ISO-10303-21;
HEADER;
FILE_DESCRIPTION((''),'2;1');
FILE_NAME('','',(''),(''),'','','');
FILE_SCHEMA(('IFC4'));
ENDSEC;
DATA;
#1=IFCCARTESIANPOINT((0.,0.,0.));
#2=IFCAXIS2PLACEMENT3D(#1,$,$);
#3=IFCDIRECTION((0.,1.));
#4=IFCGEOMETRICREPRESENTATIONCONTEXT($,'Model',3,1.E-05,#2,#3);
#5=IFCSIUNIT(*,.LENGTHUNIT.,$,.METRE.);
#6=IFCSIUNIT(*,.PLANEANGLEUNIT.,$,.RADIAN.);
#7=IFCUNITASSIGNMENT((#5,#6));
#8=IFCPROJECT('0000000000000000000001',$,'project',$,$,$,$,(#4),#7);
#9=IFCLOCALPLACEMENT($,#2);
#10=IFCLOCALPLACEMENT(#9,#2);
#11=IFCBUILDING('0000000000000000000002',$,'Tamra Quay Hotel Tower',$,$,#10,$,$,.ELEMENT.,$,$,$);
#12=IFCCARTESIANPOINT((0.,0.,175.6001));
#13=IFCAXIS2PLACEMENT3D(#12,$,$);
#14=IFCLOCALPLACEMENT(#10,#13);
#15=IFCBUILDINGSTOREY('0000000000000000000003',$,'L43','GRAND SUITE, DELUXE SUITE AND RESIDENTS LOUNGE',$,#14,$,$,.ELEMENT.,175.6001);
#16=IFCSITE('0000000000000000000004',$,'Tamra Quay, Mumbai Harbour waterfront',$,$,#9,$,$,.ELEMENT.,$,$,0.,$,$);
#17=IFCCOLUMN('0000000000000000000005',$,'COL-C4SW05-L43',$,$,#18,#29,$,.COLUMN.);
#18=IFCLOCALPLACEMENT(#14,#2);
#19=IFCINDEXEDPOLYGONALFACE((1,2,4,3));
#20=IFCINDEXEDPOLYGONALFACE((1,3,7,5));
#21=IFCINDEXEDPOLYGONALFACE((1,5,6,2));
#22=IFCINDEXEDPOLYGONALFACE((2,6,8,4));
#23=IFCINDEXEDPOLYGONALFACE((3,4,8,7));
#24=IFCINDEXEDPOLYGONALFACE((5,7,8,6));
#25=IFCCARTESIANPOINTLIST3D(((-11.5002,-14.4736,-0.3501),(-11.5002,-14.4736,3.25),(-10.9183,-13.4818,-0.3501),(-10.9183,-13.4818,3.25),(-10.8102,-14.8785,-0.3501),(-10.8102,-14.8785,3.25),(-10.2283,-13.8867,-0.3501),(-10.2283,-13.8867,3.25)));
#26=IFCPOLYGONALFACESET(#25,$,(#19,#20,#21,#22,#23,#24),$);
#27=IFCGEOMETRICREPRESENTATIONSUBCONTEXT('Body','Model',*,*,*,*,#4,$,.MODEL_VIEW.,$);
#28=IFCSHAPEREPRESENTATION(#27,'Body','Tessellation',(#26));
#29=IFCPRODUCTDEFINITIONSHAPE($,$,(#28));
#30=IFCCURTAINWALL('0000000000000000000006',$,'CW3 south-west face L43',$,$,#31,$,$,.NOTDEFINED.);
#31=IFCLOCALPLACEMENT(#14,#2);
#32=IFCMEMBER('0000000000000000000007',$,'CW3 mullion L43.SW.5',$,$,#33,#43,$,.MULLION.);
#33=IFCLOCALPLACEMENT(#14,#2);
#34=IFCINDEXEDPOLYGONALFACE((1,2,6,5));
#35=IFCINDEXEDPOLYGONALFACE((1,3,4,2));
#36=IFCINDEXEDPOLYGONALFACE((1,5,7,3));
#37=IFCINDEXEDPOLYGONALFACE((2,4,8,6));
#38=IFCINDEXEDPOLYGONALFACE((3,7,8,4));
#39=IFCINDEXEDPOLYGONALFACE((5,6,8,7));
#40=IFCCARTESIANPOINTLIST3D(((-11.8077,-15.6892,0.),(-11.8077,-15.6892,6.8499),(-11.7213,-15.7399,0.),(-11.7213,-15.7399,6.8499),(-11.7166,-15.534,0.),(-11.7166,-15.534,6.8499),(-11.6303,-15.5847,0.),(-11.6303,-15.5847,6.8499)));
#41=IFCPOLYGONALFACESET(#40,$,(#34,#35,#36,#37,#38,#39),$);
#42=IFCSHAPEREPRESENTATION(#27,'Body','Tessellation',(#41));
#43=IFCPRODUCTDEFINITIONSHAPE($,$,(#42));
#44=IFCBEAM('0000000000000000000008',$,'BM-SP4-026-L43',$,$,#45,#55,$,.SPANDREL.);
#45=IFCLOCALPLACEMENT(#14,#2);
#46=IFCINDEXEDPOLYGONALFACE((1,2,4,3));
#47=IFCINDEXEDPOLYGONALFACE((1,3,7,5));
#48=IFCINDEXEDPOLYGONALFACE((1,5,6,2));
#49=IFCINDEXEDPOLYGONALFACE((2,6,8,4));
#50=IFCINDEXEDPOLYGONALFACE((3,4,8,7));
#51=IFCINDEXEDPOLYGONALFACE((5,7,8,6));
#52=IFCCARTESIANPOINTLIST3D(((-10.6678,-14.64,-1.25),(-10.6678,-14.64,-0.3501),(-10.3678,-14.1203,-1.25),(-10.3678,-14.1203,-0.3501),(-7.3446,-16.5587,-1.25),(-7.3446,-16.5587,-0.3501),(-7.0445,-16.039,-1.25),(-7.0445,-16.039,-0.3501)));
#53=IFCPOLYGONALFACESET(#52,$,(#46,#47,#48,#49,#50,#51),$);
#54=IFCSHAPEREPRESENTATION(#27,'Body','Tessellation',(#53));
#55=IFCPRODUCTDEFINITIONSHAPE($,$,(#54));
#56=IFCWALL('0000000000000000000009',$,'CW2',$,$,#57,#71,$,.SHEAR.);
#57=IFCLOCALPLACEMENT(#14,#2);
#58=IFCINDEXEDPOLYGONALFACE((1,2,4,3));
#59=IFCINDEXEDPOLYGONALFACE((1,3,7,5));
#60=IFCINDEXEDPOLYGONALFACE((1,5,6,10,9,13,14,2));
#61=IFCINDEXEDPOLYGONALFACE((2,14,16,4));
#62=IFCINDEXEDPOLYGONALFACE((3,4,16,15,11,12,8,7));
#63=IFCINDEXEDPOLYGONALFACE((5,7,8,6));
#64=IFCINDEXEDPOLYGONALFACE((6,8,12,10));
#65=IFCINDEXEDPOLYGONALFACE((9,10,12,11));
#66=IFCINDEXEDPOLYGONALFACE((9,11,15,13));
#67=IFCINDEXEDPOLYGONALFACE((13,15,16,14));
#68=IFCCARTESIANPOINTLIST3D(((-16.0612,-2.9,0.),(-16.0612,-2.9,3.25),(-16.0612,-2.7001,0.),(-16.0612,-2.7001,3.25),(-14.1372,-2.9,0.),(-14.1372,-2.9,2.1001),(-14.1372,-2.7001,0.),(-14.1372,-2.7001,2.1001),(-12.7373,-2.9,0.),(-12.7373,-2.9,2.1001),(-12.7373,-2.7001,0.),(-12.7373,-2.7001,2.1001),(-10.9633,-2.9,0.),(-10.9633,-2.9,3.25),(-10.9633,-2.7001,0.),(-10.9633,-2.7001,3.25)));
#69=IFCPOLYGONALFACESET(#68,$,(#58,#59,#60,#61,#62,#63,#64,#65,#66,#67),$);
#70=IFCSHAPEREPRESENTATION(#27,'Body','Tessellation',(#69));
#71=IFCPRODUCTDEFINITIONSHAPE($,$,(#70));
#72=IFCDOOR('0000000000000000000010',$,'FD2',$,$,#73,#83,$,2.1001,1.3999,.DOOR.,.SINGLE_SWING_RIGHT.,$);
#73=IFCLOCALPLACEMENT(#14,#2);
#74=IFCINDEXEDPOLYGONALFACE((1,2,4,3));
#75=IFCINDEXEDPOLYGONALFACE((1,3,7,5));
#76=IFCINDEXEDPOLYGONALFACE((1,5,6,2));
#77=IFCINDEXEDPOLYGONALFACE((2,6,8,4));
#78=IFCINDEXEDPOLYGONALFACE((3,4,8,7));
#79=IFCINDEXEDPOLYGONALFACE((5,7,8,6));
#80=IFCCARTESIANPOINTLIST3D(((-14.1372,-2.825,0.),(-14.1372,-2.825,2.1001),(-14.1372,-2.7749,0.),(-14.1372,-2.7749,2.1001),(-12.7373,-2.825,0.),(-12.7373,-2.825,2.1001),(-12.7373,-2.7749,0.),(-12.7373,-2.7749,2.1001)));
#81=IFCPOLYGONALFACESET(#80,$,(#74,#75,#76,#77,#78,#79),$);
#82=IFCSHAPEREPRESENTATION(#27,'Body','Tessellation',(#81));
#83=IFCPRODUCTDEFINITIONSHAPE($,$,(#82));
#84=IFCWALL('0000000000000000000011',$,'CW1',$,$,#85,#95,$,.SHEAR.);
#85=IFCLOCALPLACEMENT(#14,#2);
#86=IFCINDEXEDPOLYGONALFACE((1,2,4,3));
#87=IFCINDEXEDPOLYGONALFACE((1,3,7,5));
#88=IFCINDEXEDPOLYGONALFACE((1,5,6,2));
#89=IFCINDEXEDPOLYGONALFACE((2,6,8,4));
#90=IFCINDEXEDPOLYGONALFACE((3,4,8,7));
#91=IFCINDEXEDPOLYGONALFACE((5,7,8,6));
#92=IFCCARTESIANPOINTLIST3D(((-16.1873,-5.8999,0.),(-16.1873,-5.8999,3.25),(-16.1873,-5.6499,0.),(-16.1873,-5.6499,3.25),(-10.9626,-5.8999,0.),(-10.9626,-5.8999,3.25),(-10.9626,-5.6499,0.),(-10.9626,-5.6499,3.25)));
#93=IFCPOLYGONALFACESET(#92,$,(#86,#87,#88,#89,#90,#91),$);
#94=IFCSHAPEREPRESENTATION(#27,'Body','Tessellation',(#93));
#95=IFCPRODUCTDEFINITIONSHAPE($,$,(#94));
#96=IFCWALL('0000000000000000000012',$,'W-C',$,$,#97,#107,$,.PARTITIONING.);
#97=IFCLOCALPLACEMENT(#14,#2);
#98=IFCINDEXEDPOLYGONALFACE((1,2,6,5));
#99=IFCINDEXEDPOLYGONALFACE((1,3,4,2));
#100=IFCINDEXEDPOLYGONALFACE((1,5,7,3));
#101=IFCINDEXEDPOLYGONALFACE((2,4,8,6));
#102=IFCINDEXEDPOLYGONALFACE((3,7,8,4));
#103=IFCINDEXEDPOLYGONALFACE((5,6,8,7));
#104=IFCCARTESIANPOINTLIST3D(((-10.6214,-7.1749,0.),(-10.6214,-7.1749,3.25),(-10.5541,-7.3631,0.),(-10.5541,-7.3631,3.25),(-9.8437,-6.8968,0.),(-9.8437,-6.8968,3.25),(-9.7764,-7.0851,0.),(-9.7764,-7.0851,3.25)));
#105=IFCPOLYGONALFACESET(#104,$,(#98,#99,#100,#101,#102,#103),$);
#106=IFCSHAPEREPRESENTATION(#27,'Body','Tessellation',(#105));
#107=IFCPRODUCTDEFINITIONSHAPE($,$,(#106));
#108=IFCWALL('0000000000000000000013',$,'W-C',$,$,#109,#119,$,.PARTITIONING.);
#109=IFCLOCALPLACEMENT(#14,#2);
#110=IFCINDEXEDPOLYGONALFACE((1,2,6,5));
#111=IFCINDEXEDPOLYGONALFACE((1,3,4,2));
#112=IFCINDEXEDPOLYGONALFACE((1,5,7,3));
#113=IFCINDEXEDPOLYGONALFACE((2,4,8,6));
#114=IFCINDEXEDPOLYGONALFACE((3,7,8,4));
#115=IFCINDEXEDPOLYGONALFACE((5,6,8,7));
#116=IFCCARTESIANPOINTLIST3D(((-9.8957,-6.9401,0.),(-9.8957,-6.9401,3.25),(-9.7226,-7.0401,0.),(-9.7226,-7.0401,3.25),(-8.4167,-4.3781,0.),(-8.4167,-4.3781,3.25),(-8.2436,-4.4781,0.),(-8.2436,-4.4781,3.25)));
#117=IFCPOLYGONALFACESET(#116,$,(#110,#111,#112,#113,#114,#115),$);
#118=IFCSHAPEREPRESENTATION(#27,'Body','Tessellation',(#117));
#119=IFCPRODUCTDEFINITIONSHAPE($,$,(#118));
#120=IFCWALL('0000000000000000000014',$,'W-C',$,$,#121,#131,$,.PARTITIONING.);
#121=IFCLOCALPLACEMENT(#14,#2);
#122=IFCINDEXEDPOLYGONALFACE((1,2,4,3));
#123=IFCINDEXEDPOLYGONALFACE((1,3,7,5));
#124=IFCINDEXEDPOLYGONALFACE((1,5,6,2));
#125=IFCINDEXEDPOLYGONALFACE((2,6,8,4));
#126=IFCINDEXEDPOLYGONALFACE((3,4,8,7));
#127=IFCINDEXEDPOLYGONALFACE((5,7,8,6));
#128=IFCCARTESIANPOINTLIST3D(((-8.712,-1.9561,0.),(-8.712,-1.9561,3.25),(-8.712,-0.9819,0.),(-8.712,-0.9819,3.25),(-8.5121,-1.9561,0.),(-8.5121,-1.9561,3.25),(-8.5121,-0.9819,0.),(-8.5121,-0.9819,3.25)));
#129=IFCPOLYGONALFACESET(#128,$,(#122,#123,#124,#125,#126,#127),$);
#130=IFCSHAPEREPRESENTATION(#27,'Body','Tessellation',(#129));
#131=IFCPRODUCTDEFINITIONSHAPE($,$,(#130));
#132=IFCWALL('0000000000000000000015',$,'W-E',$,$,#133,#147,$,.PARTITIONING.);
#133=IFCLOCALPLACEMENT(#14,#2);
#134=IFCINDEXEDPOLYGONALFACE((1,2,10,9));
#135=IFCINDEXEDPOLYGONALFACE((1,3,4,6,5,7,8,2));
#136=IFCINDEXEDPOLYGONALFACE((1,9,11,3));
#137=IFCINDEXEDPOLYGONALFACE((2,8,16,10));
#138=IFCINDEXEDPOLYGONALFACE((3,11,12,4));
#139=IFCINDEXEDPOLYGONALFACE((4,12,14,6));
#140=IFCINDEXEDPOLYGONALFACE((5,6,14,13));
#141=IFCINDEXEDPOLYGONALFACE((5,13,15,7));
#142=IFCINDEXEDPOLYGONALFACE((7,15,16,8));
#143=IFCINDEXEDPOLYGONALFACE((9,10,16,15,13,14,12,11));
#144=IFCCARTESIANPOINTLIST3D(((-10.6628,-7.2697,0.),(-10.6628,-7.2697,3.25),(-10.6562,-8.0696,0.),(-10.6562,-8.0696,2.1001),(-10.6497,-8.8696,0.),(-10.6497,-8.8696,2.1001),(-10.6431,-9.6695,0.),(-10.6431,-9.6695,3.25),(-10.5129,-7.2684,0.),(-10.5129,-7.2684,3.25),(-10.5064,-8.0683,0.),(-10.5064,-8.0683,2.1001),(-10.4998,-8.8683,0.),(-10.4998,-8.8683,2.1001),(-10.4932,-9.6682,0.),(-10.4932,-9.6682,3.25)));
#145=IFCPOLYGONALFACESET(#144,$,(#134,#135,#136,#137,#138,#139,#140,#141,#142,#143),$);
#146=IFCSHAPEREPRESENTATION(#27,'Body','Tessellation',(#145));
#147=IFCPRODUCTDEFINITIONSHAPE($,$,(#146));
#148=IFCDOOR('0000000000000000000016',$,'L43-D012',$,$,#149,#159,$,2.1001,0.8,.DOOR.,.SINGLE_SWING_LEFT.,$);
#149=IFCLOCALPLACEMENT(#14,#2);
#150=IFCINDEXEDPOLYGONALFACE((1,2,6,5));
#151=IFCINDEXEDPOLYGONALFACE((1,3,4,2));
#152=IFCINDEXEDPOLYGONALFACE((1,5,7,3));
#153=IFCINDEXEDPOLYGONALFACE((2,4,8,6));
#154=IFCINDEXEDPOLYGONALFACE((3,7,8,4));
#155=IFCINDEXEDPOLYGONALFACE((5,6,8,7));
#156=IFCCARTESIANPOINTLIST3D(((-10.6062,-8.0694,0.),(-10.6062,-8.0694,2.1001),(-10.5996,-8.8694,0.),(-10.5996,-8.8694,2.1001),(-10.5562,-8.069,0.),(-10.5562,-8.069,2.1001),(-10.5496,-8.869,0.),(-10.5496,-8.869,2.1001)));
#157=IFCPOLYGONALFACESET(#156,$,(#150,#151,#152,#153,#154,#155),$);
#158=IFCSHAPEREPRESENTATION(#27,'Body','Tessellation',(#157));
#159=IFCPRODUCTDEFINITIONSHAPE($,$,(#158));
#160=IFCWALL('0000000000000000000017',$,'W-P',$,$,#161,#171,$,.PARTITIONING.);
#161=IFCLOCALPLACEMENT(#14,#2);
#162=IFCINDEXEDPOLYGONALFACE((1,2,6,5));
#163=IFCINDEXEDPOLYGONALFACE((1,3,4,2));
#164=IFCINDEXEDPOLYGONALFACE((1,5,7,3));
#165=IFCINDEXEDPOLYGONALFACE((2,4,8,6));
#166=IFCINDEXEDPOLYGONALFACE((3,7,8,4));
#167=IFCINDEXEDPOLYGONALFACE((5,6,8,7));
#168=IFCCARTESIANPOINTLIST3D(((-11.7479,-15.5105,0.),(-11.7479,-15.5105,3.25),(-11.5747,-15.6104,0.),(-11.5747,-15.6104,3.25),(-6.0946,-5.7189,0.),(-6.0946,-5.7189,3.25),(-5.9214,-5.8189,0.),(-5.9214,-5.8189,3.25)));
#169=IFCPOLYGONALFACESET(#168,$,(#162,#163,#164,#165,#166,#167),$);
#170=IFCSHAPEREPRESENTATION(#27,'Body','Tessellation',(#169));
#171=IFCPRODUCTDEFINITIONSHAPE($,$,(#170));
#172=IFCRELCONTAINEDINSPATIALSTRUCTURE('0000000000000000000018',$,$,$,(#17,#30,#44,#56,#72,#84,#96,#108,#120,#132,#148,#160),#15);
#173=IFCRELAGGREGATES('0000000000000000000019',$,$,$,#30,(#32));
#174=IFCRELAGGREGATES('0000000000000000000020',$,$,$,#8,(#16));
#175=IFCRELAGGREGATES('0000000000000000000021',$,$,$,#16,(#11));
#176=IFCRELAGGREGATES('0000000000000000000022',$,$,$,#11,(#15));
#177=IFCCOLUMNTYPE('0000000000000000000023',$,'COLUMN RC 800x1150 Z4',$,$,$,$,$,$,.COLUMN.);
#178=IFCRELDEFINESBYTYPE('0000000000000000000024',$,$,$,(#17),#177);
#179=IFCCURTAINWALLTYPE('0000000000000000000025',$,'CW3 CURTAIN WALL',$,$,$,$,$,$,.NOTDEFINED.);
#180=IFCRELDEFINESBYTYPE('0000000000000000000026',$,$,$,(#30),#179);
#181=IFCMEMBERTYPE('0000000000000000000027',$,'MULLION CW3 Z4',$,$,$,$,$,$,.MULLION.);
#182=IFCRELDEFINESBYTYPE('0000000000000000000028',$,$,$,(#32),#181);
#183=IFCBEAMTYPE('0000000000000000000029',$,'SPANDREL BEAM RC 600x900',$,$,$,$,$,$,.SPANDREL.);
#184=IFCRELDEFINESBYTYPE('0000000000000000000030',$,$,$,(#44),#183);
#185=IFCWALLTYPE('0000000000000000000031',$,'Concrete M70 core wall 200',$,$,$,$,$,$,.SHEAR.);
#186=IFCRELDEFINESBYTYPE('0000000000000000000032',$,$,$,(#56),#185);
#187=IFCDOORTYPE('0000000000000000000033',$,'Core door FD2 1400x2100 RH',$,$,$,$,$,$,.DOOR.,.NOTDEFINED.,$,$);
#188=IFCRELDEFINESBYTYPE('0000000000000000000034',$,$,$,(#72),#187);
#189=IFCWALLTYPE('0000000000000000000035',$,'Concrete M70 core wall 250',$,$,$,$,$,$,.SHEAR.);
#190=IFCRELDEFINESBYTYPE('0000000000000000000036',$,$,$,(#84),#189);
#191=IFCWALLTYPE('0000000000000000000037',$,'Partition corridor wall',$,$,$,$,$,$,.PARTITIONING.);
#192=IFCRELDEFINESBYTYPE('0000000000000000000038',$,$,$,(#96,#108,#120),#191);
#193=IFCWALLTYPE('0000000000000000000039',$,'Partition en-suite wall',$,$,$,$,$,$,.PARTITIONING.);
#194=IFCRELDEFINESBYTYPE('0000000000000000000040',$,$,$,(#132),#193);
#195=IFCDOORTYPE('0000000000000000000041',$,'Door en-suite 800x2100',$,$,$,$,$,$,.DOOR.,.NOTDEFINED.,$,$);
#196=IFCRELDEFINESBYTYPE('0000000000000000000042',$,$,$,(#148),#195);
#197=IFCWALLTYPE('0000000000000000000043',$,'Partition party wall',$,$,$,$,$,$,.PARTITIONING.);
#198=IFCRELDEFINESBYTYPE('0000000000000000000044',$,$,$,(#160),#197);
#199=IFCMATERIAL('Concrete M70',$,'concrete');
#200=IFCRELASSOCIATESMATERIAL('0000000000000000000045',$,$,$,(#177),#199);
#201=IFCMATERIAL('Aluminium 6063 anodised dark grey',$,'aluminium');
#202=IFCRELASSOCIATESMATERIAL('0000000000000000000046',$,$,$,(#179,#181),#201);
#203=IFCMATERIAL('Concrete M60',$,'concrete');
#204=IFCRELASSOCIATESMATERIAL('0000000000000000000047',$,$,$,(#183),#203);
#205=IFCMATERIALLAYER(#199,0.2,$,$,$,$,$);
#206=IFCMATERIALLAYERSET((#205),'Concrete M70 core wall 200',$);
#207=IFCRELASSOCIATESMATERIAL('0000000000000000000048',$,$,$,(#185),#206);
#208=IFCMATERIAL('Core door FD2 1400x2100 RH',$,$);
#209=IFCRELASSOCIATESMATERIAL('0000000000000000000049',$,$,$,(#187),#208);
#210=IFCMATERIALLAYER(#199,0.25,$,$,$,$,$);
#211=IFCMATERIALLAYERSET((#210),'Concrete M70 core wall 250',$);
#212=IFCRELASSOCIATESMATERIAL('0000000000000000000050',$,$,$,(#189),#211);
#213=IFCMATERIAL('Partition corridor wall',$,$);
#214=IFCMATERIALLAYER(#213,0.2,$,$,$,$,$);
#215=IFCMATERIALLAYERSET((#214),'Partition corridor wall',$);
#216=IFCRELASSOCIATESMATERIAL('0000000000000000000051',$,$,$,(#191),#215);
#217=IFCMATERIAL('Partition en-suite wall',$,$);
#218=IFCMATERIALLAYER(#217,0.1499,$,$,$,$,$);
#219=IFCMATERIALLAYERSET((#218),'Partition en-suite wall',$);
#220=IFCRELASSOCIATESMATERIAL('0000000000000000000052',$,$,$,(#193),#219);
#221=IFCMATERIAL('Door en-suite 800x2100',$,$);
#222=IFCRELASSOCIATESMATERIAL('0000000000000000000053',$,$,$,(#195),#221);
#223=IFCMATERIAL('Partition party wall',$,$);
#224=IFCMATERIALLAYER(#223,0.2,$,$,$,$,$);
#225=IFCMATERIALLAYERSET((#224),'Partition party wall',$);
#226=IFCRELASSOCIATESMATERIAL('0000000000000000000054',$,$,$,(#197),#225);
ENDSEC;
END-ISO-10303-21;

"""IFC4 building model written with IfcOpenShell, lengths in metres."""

from ifc_helpers import new_model, si_unit, direction, frame, frame_2d, origin, origin_2d, place, context, subcontext, project, spatial, rectangle, extrude, material, layer, layer_set, material_profile, profile_set, type_object, element, fill, aggregate, save


model = new_model("IFC4")

# Units and contexts
model_context = context("Model", 3, precision=1e-05, world=origin(), true_north=direction((0.0, 1.0)))
body_context = subcontext(model_context, "Body", "Model", "MODEL_VIEW")
ifc_project = project(units=[si_unit("LENGTHUNIT", "METRE"), si_unit("PLANEANGLEUNIT", "RADIAN")], contexts=[model_context])

# Site, building, storey
site_placement = place(None, origin())
site = spatial("IfcSite", under=ifc_project, at=site_placement, Name="Tamra Quay, Mumbai Harbour waterfront", CompositionType="ELEMENT", RefElevation=0.0)
building_placement = place(site_placement, origin())
building = spatial("IfcBuilding", under=site, at=building_placement, Name="Tamra Quay Hotel Tower", CompositionType="ELEMENT")
storey_placement = place(building_placement, frame((0.0, 0.0, 175.6001)))
storey = spatial("IfcBuildingStorey", under=building, at=storey_placement, Name="L43", Description="GRAND SUITE, DELUXE SUITE AND RESIDENTS LOUNGE", CompositionType="ELEMENT", Elevation=175.6001)

# Column
ifc_material_1 = material(Name="Concrete M70", Category="concrete")
ifc_material_profile_1 = material_profile(ifc_material_1, rectangle(XDim=1.1499, YDim=0.8, at=origin_2d()), Name="COLUMN RC 800x1150 Z4")
ifc_profile_set_1 = profile_set([ifc_material_profile_1], Name="Concrete M70")
column_type = type_object("IfcColumnType", Name="COLUMN RC 800x1150 Z4", PredefinedType="COLUMN", material=ifc_profile_set_1)
column_placement = place(storey_placement, frame((-10.8643, -14.1802, -0.3501), z_axis=(0.0, 0.0, 1.0), x_axis=(0.506085, 0.862484, 0.0)))
element("IfcColumn", 1, at=column_placement, inside=storey, type_object=column_type, Name="COL-C4SW05-L43", PredefinedType="COLUMN", context=body_context, shape_type="SweptSolid", body=[
    extrude(rectangle(XDim=1.1499, YDim=0.8, at=origin_2d()), origin(), (0.0, 0.0, 1.0), 3.6001),
])

# Curtain wall, member
ifc_material_2 = material(Name="Aluminium 6063 anodised dark grey", Category="aluminium")
curtain_wall_type = type_object("IfcCurtainWallType", Name="CW3 CURTAIN WALL", PredefinedType="NOTDEFINED", material=ifc_material_2)
curtain_wall_placement = place(storey_placement, origin())
curtain_wall = element("IfcCurtainWall", 2, at=curtain_wall_placement, inside=storey, type_object=curtain_wall_type, Name="CW3 south-west face L43", PredefinedType="NOTDEFINED")
ifc_material_profile_2 = material_profile(ifc_material_2, rectangle(XDim=0.1799, YDim=0.1001, at=origin_2d()), Name="MULLION 100X180")
ifc_profile_set_2 = profile_set([ifc_material_profile_2], Name="Aluminium 6063 anodised dark grey")
member_type = type_object("IfcMemberType", Name="MULLION CW3 Z4", PredefinedType="MULLION", material=ifc_profile_set_2)
member_placement = place(storey_placement, frame((-11.719, -15.637, 0.0), z_axis=(0.0, 0.0, 1.0), x_axis=(-0.506001, -0.862533, 0.0)))
member = element("IfcMember", 3, at=member_placement, type_object=member_type, Name="CW3 mullion L43.SW.5", PredefinedType="MULLION", context=body_context, shape_type="SweptSolid", body=[
    extrude(rectangle(XDim=0.1799, YDim=0.1001, at=origin_2d()), origin(), (0.0, 0.0, 1.0), 6.8499),
])
aggregate(curtain_wall, [member])

# Beam
ifc_material_3 = material(Name="Concrete M60", Category="concrete")
ifc_material_profile_3 = material_profile(ifc_material_3, rectangle(XDim=0.6001, YDim=0.8999, at=origin_2d()), Name="SPANDREL BEAM RC 600x900")
ifc_profile_set_3 = profile_set([ifc_material_profile_3], Name="Concrete M60")
beam_type = type_object("IfcBeamType", Name="SPANDREL BEAM RC 600x900", PredefinedType="SPANDREL", material=ifc_profile_set_3)
beam_placement = place(storey_placement, frame((-10.5178, -14.3801, -0.8), z_axis=(0.866022, -0.500005, 0.0), x_axis=(0.500005, 0.866022, 0.0)))
element("IfcBeam", 4, at=beam_placement, inside=storey, type_object=beam_type, Name="BM-SP4-026-L43", PredefinedType="SPANDREL", context=body_context, shape_type="SweptSolid", body=[
    extrude(rectangle(XDim=0.6001, YDim=0.8999, at=origin_2d()), origin(), (0.0, 0.0, 1.0), 3.8374),
])

# Wall, opening, door
ifc_layer_1 = layer(ifc_material_1, 0.2)
ifc_layer_set_1 = layer_set([ifc_layer_1], Name="Concrete M70 core wall 200")
wall_type_1 = type_object("IfcWallType", Name="Concrete M70 core wall 200", PredefinedType="SHEAR", material=ifc_layer_set_1)
wall_1_placement = place(storey_placement, frame((-10.9634, -2.8, 0.0), z_axis=(0.0, 0.0, 1.0), x_axis=(-1.0, 0.0, 0.0)))
wall_1 = element("IfcWall", 5, at=wall_1_placement, inside=storey, type_object=wall_type_1, Name="CW2", PredefinedType="SHEAR", context=body_context, shape_type="SweptSolid", body=[
    extrude(rectangle(XDim=5.0979, YDim=0.2, at=frame_2d((2.5488, 0.0))), origin(), (0.0, 0.0, 1.0), 3.25),
])
opening_1_placement = place(wall_1_placement, frame((1.7739, 0.0, 0.0)))
opening_1 = element("IfcOpeningElement", 6, at=opening_1_placement, cuts=wall_1, PredefinedType="OPENING", context=body_context, shape_type="SweptSolid", body=[
    extrude(rectangle(XDim=1.3999, YDim=2.1001, at=frame_2d((0.7, 1.05))), frame((0.0, 0.1099, 0.0), z_axis=(0.0, -1.0, 0.0), x_axis=(1.0, 0.0, 0.0)), (0.0, 0.0, 1.0), 0.22),
])
ifc_material_4 = material(Name="Core door FD2 1400x2100 RH")
door_type_1 = type_object("IfcDoorType", Name="Core door FD2 1400x2100 RH", OperationType="NOTDEFINED", PredefinedType="DOOR", material=ifc_material_4)
door_1_placement = place(opening_1_placement, origin())
door_1 = element("IfcDoor", 7, at=door_1_placement, inside=storey, type_object=door_type_1, Name="FD2", OperationType="SINGLE_SWING_RIGHT", OverallHeight=2.1001, OverallWidth=1.3999, PredefinedType="DOOR", context=body_context, shape_type="SweptSolid", body=[
    extrude(rectangle(XDim=1.3999, YDim=2.1001, at=frame_2d((0.7, 1.05))), frame((0.0, 0.0249, 0.0), z_axis=(0.0, -1.0, 0.0), x_axis=(1.0, 0.0, 0.0)), (0.0, 0.0, 1.0), 0.05),
])
fill(opening_1, door_1)

# Walls
ifc_layer_2 = layer(ifc_material_1, 0.25)
ifc_layer_set_2 = layer_set([ifc_layer_2], Name="Concrete M70 core wall 250")
wall_type_2 = type_object("IfcWallType", Name="Concrete M70 core wall 250", PredefinedType="SHEAR", material=ifc_layer_set_2)
wall_2_placement = place(storey_placement, frame((-10.9626, -5.7749, 0.0), z_axis=(0.0, 0.0, 1.0), x_axis=(-1.0, 0.0, 0.0)))
element("IfcWall", 8, at=wall_2_placement, inside=storey, type_object=wall_type_2, Name="CW1", PredefinedType="SHEAR", context=body_context, shape_type="SweptSolid", body=[
    extrude(rectangle(XDim=5.2246, YDim=0.25, at=frame_2d((2.6123, 0.0))), origin(), (0.0, 0.0, 1.0), 3.25),
])
ifc_material_5 = material(Name="Partition corridor wall")
ifc_layer_3 = layer(ifc_material_5, 0.2)
ifc_layer_set_3 = layer_set([ifc_layer_3], Name="Partition corridor wall")
wall_type_3 = type_object("IfcWallType", Name="Partition corridor wall", PredefinedType="PARTITIONING", material=ifc_layer_set_3)
wall_3_placement = place(storey_placement, frame((-10.5879, -7.269, 0.0), z_axis=(0.0, 0.0, 1.0), x_axis=(0.941635, 0.336636, 0.0)))
element("IfcWall", 9, at=wall_3_placement, inside=storey, type_object=wall_type_3, Name="W-C", PredefinedType="PARTITIONING", context=body_context, shape_type="SweptSolid", body=[
    extrude(rectangle(XDim=0.8259, YDim=0.2, at=frame_2d((0.4131, 0.0))), origin(), (0.0, 0.0, 1.0), 3.25),
])
wall_4_placement = place(storey_placement, frame((-9.8091, -6.99, 0.0), z_axis=(0.0, 0.0, 1.0), x_axis=(0.499956, 0.866051, 0.0)))
element("IfcWall", 10, at=wall_4_placement, inside=storey, type_object=wall_type_3, Name="W-C", PredefinedType="PARTITIONING", context=body_context, shape_type="SweptSolid", body=[
    extrude(rectangle(XDim=2.9583, YDim=0.2, at=frame_2d((1.479, 0.0))), origin(), (0.0, 0.0, 1.0), 3.25),
])
wall_5_placement = place(storey_placement, frame((-8.6121, -1.9561, 0.0), z_axis=(0.0, 0.0, 1.0), x_axis=(0.0, 1.0, 0.0)))
element("IfcWall", 11, at=wall_5_placement, inside=storey, type_object=wall_type_3, Name="W-C", PredefinedType="PARTITIONING", context=body_context, shape_type="SweptSolid", body=[
    extrude(rectangle(XDim=0.9741, YDim=0.2, at=frame_2d((0.4871, 0.0))), origin(), (0.0, 0.0, 1.0), 3.25),
])

# Wall, opening, door
ifc_material_6 = material(Name="Partition en-suite wall")
ifc_layer_4 = layer(ifc_material_6, 0.1499)
ifc_layer_set_4 = layer_set([ifc_layer_4], Name="Partition en-suite wall")
wall_type_4 = type_object("IfcWallType", Name="Partition en-suite wall", PredefinedType="PARTITIONING", material=ifc_layer_set_4)
wall_6_placement = place(storey_placement, frame((-10.5879, -7.269, 0.0), z_axis=(0.0, 0.0, 1.0), x_axis=(0.00824, -0.999966, 0.0)))
wall_6 = element("IfcWall", 12, at=wall_6_placement, inside=storey, type_object=wall_type_4, Name="W-E", PredefinedType="PARTITIONING", context=body_context, shape_type="SweptSolid", body=[
    extrude(rectangle(XDim=2.3999, YDim=0.1499, at=frame_2d((1.2, 0.0))), origin(), (0.0, 0.0, 1.0), 3.25),
])
opening_2_placement = place(wall_6_placement, frame((0.8, 0.0, 0.0)))
opening_2 = element("IfcOpeningElement", 13, at=opening_2_placement, cuts=wall_6, PredefinedType="OPENING", context=body_context, shape_type="SweptSolid", body=[
    extrude(rectangle(XDim=0.8, YDim=2.1001, at=frame_2d((0.3999, 1.05))), frame((0.0, 0.085, 0.0), z_axis=(0.0, -1.0, 0.0), x_axis=(1.0, 0.0, 0.0)), (0.0, 0.0, 1.0), 0.1699),
])
ifc_material_7 = material(Name="Door en-suite 800x2100")
door_type_2 = type_object("IfcDoorType", Name="Door en-suite 800x2100", OperationType="NOTDEFINED", PredefinedType="DOOR", material=ifc_material_7)
door_2_placement = place(opening_2_placement, frame((0.8, 0.0, 0.0), z_axis=(0.0, 0.0, 1.0), x_axis=(-1.0, 0.0, 0.0)))
door_2 = element("IfcDoor", 14, at=door_2_placement, inside=storey, type_object=door_type_2, Name="L43-D012", OperationType="SINGLE_SWING_LEFT", OverallHeight=2.1001, OverallWidth=0.8, PredefinedType="DOOR", context=body_context, shape_type="SweptSolid", body=[
    extrude(rectangle(XDim=0.8, YDim=2.1001, at=frame_2d((0.3999, 1.05))), frame((0.0, 0.0249, 0.0), z_axis=(0.0, -1.0, 0.0), x_axis=(1.0, 0.0, 0.0)), (0.0, 0.0, 1.0), 0.05),
])
fill(opening_2, door_2)

# Wall
ifc_material_8 = material(Name="Partition party wall")
ifc_layer_5 = layer(ifc_material_8, 0.2)
ifc_layer_set_5 = layer_set([ifc_layer_5], Name="Partition party wall")
wall_type_5 = type_object("IfcWallType", Name="Partition party wall", PredefinedType="PARTITIONING", material=ifc_layer_set_5)
wall_7_placement = place(storey_placement, frame((-11.6614, -15.5605, 0.0), z_axis=(0.0, 0.0, 1.0), x_axis=(0.500013, 0.866018, 0.0)))
element("IfcWall", 15, at=wall_7_placement, inside=storey, type_object=wall_type_5, Name="W-P", PredefinedType="PARTITIONING", context=body_context, shape_type="SweptSolid", body=[
    extrude(rectangle(XDim=11.3064, YDim=0.2, at=frame_2d((5.6533, 0.0))), origin(), (0.0, 0.0, 1.0), 3.25),
])

save(model, "model.ifc")
